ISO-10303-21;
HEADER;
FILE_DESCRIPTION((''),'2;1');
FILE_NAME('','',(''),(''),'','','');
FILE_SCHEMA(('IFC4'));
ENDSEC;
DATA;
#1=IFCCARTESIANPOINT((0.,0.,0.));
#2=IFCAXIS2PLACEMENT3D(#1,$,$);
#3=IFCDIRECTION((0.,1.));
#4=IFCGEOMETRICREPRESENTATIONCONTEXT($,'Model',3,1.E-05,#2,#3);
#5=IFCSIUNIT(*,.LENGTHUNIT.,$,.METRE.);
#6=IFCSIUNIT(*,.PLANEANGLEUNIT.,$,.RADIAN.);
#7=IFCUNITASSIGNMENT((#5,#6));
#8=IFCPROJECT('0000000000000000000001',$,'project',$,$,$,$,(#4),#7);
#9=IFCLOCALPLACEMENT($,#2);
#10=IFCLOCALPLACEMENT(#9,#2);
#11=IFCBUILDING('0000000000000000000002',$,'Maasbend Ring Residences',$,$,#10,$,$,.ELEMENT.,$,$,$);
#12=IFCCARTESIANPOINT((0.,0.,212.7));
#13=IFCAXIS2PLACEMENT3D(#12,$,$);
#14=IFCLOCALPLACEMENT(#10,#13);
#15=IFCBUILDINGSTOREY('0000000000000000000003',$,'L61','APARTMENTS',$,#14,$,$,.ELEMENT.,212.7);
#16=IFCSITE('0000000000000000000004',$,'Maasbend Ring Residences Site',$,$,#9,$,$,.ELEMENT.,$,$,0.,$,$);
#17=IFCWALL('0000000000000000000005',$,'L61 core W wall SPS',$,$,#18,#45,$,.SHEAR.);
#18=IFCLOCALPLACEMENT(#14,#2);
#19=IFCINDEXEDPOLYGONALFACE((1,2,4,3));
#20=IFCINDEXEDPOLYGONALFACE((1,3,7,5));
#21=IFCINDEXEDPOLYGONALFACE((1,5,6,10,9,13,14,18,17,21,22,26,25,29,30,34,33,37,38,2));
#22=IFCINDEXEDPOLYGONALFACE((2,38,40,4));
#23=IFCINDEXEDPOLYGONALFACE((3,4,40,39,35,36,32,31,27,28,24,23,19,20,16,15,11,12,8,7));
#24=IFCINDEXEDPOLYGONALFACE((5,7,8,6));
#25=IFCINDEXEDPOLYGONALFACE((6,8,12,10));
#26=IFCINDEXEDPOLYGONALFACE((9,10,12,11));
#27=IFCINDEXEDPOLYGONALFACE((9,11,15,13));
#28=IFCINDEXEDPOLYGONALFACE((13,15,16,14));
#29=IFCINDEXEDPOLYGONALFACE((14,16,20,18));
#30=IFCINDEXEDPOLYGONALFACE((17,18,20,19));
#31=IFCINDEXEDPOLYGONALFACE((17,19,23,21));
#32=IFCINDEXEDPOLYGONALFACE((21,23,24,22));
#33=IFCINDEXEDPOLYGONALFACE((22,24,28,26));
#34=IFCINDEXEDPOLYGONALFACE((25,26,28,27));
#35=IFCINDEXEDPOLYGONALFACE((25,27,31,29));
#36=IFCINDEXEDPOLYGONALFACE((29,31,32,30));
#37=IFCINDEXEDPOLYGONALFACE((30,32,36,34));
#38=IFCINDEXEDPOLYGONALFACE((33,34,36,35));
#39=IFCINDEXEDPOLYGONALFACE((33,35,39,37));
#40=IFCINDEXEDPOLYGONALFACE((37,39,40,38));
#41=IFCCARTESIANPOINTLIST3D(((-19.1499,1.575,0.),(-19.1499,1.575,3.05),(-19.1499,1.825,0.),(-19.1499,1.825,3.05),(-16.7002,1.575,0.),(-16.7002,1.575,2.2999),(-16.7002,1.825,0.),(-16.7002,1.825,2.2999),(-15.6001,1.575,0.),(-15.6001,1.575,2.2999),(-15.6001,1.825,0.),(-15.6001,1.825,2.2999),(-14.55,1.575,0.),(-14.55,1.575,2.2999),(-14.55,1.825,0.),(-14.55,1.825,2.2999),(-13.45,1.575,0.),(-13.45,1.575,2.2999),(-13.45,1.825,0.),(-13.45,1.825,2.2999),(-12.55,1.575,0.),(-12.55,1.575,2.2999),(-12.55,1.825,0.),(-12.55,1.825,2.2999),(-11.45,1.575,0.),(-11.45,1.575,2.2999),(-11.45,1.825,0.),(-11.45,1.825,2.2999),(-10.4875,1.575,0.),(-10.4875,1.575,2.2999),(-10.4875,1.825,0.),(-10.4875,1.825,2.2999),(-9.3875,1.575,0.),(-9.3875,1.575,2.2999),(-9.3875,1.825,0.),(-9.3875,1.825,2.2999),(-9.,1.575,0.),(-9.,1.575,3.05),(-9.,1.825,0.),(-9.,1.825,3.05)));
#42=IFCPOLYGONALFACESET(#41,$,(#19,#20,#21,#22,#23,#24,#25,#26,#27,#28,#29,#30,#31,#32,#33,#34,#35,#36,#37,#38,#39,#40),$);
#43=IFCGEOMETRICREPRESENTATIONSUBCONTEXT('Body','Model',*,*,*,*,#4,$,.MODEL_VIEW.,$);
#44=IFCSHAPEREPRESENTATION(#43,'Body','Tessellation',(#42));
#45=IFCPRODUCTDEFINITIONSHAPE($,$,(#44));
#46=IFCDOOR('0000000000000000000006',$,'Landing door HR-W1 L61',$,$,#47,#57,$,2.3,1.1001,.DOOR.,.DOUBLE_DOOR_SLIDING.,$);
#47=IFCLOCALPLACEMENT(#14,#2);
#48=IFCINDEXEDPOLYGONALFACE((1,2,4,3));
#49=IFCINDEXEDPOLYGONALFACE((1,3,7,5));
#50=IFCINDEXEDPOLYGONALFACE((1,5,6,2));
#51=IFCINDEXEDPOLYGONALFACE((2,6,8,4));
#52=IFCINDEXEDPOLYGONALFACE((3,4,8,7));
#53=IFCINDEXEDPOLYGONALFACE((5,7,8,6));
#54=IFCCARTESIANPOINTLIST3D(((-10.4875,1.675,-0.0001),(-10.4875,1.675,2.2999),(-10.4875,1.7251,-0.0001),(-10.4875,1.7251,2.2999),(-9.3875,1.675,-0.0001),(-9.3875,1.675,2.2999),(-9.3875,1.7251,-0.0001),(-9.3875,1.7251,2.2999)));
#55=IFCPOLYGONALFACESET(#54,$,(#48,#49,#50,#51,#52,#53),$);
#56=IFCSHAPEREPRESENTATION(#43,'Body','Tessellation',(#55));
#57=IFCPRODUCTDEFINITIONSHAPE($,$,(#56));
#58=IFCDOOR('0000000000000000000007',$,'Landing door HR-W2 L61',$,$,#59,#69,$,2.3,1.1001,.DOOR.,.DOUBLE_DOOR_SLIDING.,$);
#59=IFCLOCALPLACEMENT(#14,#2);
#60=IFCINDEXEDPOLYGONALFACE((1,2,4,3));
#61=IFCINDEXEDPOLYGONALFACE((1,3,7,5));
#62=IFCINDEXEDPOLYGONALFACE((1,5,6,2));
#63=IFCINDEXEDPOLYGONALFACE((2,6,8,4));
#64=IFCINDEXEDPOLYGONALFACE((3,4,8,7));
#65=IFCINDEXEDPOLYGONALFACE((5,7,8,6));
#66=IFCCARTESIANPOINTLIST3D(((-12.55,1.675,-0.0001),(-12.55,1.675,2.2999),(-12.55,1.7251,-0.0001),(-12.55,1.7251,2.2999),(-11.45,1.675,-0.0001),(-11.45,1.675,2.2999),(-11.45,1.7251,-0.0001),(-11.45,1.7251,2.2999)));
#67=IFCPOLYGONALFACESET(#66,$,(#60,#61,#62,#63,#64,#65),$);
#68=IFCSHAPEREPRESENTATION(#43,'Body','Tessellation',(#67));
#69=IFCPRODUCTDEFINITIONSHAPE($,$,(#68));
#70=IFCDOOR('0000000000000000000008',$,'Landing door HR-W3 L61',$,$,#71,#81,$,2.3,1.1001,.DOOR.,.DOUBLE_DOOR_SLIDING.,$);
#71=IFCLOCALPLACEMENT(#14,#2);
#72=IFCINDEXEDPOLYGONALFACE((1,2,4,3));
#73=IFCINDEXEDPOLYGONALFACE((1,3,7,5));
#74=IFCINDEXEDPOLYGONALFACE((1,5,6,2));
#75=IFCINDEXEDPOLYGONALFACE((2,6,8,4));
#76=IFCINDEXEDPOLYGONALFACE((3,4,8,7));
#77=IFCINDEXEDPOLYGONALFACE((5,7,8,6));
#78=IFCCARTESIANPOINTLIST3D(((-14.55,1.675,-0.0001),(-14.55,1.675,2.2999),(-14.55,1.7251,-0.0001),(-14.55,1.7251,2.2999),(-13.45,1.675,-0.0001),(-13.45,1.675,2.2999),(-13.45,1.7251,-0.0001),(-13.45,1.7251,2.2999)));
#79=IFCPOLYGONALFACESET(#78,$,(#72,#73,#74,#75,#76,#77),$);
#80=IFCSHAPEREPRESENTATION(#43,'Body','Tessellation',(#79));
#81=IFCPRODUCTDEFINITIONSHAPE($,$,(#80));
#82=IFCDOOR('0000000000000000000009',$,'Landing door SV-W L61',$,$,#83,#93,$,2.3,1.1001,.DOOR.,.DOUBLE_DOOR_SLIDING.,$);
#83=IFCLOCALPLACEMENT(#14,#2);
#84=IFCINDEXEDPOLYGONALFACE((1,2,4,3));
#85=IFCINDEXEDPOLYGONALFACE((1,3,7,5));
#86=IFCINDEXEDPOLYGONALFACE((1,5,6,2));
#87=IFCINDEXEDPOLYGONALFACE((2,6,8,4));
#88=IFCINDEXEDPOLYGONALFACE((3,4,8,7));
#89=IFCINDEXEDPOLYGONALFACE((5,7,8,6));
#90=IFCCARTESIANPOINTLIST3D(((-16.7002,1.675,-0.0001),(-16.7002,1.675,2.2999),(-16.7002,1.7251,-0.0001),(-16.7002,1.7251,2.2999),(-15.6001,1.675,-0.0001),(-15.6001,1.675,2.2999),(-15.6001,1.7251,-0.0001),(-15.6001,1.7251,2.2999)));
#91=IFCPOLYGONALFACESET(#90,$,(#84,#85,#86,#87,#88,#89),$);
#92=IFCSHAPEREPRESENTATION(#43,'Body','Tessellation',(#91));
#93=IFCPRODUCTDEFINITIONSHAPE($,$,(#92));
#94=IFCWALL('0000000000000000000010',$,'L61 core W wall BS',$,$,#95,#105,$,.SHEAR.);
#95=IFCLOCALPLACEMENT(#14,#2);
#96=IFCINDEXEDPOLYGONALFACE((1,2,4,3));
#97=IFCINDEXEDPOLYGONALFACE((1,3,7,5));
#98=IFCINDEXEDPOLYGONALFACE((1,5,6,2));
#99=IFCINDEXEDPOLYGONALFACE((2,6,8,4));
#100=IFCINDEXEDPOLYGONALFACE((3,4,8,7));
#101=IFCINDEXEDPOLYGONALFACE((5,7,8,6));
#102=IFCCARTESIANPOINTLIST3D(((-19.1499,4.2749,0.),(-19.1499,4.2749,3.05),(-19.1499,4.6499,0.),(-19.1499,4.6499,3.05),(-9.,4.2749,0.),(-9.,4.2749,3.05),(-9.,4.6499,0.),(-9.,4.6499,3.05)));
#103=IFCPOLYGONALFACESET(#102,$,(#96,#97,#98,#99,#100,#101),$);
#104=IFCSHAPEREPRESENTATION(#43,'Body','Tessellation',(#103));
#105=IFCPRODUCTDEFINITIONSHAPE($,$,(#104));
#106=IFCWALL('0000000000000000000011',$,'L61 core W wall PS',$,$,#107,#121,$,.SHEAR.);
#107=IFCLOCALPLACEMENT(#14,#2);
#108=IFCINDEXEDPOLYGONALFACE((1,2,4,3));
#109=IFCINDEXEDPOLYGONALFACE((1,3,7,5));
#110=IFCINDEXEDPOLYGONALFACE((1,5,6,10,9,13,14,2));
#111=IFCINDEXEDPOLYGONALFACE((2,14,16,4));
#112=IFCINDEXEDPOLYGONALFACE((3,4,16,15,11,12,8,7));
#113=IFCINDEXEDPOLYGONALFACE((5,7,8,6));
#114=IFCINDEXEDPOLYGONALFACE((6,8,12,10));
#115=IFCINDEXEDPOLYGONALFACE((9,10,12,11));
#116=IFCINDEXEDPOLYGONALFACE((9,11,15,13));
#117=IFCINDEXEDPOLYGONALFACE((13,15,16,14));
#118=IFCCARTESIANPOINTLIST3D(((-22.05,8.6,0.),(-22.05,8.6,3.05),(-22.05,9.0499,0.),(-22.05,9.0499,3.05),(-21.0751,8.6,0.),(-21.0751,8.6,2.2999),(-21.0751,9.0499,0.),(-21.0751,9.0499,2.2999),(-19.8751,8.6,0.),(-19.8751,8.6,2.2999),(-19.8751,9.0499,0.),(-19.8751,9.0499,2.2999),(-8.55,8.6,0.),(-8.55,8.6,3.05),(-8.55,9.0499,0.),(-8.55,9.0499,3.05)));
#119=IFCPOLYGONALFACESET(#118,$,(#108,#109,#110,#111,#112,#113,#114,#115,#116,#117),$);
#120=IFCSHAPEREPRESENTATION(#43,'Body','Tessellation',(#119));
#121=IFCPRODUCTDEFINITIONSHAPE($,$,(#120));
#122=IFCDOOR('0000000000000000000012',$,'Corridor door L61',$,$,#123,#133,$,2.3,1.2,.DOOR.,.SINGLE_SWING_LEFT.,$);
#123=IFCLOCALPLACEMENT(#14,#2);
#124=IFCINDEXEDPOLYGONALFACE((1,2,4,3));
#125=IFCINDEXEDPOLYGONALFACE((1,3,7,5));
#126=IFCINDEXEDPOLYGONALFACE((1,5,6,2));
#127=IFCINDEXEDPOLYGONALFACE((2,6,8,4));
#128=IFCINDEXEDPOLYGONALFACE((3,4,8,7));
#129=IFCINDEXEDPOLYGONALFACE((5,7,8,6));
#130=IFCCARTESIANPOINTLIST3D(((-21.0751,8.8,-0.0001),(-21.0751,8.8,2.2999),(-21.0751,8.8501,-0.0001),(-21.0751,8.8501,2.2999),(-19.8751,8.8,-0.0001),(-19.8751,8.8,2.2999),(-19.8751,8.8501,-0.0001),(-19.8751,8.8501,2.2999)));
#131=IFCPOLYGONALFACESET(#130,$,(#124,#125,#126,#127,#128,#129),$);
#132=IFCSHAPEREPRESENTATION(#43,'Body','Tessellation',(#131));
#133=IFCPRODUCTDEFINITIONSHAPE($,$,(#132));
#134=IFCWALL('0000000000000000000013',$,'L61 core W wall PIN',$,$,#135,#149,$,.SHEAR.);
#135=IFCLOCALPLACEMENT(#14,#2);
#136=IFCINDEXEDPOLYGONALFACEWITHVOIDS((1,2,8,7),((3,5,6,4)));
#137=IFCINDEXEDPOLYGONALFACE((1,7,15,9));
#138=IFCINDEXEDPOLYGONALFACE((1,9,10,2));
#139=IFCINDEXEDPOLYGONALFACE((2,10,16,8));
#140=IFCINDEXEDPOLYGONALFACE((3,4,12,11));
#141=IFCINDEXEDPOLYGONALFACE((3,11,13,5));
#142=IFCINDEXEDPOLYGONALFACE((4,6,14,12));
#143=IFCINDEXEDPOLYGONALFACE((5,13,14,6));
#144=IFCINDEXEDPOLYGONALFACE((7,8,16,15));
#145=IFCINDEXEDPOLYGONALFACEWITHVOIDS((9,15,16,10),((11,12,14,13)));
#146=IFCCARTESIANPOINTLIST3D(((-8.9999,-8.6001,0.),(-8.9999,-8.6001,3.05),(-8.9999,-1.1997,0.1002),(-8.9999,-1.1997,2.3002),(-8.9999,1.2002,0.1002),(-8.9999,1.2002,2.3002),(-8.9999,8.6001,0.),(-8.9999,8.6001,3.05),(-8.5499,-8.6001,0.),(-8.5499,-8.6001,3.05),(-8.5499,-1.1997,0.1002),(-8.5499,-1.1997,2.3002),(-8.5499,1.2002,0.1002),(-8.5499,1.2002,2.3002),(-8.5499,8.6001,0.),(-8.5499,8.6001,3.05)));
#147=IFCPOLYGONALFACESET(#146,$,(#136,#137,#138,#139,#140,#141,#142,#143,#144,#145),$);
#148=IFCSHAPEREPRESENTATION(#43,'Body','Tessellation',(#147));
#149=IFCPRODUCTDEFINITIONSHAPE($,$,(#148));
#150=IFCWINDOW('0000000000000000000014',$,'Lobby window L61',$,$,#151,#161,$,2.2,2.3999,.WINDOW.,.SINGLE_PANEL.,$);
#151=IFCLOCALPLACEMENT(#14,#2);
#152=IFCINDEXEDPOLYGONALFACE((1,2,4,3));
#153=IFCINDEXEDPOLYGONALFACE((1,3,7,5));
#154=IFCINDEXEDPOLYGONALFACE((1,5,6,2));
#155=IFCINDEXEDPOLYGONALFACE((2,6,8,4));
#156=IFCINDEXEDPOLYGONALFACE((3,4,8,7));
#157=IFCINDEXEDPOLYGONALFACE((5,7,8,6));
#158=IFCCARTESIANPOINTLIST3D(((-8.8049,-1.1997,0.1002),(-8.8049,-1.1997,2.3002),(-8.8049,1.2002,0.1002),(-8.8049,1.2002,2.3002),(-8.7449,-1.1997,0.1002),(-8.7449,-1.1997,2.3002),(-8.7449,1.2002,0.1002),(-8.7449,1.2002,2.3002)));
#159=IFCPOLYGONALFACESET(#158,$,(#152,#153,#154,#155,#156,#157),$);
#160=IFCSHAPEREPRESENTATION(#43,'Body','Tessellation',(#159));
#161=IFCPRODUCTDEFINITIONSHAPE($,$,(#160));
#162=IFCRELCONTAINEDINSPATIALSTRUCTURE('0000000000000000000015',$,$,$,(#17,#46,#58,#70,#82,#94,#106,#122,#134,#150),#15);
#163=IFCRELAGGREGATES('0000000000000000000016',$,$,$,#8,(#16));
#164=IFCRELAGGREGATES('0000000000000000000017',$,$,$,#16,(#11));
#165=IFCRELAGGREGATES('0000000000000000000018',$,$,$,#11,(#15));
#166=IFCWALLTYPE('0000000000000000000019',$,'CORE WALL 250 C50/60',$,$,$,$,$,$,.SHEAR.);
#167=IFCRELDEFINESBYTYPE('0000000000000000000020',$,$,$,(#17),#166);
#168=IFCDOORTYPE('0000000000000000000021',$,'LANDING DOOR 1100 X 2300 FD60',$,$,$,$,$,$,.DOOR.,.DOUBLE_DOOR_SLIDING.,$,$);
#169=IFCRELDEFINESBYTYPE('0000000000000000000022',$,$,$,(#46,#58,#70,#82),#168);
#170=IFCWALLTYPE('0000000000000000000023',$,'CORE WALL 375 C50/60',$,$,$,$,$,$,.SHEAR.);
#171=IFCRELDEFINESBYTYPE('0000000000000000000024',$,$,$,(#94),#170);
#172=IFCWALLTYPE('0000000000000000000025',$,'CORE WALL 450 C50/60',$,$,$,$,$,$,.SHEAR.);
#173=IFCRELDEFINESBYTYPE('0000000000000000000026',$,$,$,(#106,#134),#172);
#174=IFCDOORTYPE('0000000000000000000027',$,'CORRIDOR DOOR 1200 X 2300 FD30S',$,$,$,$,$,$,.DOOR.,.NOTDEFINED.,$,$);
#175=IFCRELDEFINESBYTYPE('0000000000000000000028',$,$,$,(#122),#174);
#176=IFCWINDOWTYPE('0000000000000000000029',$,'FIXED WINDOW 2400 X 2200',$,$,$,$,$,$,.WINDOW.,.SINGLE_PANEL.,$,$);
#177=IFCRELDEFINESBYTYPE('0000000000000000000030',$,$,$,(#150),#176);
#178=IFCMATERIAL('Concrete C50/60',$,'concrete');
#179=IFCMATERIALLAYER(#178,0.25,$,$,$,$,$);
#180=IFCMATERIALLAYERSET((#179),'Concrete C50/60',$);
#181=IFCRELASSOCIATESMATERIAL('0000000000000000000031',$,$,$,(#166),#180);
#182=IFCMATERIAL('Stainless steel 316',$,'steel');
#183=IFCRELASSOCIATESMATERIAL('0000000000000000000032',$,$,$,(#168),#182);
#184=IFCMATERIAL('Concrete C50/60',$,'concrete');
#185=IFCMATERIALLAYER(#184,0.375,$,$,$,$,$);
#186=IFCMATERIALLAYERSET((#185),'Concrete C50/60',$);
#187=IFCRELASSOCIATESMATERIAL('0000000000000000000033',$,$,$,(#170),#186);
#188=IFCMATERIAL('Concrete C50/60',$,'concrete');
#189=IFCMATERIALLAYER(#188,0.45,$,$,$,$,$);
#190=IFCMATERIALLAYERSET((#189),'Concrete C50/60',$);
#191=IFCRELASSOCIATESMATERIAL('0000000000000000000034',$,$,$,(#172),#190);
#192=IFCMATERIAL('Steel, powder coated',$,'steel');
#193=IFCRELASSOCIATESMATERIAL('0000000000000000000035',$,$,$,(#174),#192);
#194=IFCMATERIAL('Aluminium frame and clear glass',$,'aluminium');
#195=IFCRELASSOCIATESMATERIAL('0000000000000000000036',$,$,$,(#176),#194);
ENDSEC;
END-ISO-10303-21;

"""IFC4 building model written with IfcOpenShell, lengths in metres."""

from ifc_helpers import new_model, si_unit, direction, frame, frame_2d, origin, place, context, subcontext, project, spatial, rectangle, extrude, material, layer, layer_set, type_object, element, fill, save


model = new_model("IFC4")

# Units and contexts
model_context = context("Model", 3, precision=1e-05, world=origin(), true_north=direction((0.0, 1.0)))
body_context = subcontext(model_context, "Body", "Model", "MODEL_VIEW")
ifc_project = project(units=[si_unit("LENGTHUNIT", "METRE"), si_unit("PLANEANGLEUNIT", "RADIAN")], contexts=[model_context])

# Site, building, storey
site_placement = place(None, origin())
site = spatial("IfcSite", under=ifc_project, at=site_placement, Name="Maasbend Ring Residences Site", CompositionType="ELEMENT", RefElevation=0.0)
building_placement = place(site_placement, origin())
building = spatial("IfcBuilding", under=site, at=building_placement, Name="Maasbend Ring Residences", CompositionType="ELEMENT")
storey_placement = place(building_placement, frame((0.0, 0.0, 212.7)))
storey = spatial("IfcBuildingStorey", under=building, at=storey_placement, Name="L61", Description="APARTMENTS", CompositionType="ELEMENT", Elevation=212.7)

# Wall, openings, doors
ifc_material_1 = material(Name="Concrete C50/60", Category="concrete")
ifc_layer_1 = layer(ifc_material_1, 0.25)
ifc_layer_set_1 = layer_set([ifc_layer_1], Name="Concrete C50/60")
wall_type_1 = type_object("IfcWallType", Name="CORE WALL 250 C50/60", PredefinedType="SHEAR", material=ifc_layer_set_1)
wall_1_placement = place(storey_placement, frame((-9.0, 1.7, 0.0), z_axis=(0.0, 0.0, 1.0), x_axis=(-1.0, 0.0, 0.0)))
wall_1 = element("IfcWall", 1, at=wall_1_placement, inside=storey, type_object=wall_type_1, Name="L61 core W wall SPS", PredefinedType="SHEAR", context=body_context, shape_type="SweptSolid", body=[
    extrude(rectangle(XDim=10.1499, YDim=0.25, at=frame_2d((5.075, 0.0))), origin(), (0.0, 0.0, 1.0), 3.05),
])
opening_1_placement = place(wall_1_placement, frame((0.3875, 0.0, 0.0)))
opening_1 = element("IfcOpeningElement", 2, at=opening_1_placement, cuts=wall_1, PredefinedType="OPENING", context=body_context, shape_type="SweptSolid", body=[
    extrude(rectangle(XDim=1.1001, YDim=2.3, at=frame_2d((0.55, 1.1499))), frame((0.0, 0.135, 0.0), z_axis=(0.0, -1.0, 0.0), x_axis=(1.0, 0.0, 0.0)), (0.0, 0.0, 1.0), 0.27),
])
opening_2_placement = place(wall_1_placement, frame((2.45, 0.0, 0.0)))
opening_2 = element("IfcOpeningElement", 3, at=opening_2_placement, cuts=wall_1, PredefinedType="OPENING", context=body_context, shape_type="SweptSolid", body=[
    extrude(rectangle(XDim=1.1001, YDim=2.3, at=frame_2d((0.55, 1.1499))), frame((0.0, 0.135, 0.0), z_axis=(0.0, -1.0, 0.0), x_axis=(1.0, 0.0, 0.0)), (0.0, 0.0, 1.0), 0.27),
])
opening_3_placement = place(wall_1_placement, frame((4.45, 0.0, 0.0)))
opening_3 = element("IfcOpeningElement", 4, at=opening_3_placement, cuts=wall_1, PredefinedType="OPENING", context=body_context, shape_type="SweptSolid", body=[
    extrude(rectangle(XDim=1.1001, YDim=2.3, at=frame_2d((0.55, 1.1499))), frame((0.0, 0.135, 0.0), z_axis=(0.0, -1.0, 0.0), x_axis=(1.0, 0.0, 0.0)), (0.0, 0.0, 1.0), 0.27),
])
opening_4_placement = place(wall_1_placement, frame((6.6001, 0.0, 0.0)))
opening_4 = element("IfcOpeningElement", 5, at=opening_4_placement, cuts=wall_1, PredefinedType="OPENING", context=body_context, shape_type="SweptSolid", body=[
    extrude(rectangle(XDim=1.1001, YDim=2.3, at=frame_2d((0.55, 1.1499))), frame((0.0, 0.135, 0.0), z_axis=(0.0, -1.0, 0.0), x_axis=(1.0, 0.0, 0.0)), (0.0, 0.0, 1.0), 0.27),
])
ifc_material_2 = material(Name="Stainless steel 316", Category="steel")
door_type_1 = type_object("IfcDoorType", Name="LANDING DOOR 1100 X 2300 FD60", OperationType="DOUBLE_DOOR_SLIDING", PredefinedType="DOOR", material=ifc_material_2)
door_1_placement = place(opening_1_placement, origin())
door_1 = element("IfcDoor", 6, at=door_1_placement, inside=storey, type_object=door_type_1, Name="Landing door HR-W1 L61", OperationType="DOUBLE_DOOR_SLIDING", OverallHeight=2.3, OverallWidth=1.1001, PredefinedType="DOOR", context=body_context, shape_type="SweptSolid", body=[
    extrude(rectangle(XDim=1.1001, YDim=2.3, at=frame_2d((0.55, 1.1499))), frame((0.0, 0.0249, 0.0), z_axis=(0.0, -1.0, 0.0), x_axis=(1.0, 0.0, 0.0)), (0.0, 0.0, 1.0), 0.05),
])
fill(opening_1, door_1)
door_2_placement = place(opening_2_placement, origin())
door_2 = element("IfcDoor", 7, at=door_2_placement, inside=storey, type_object=door_type_1, Name="Landing door HR-W2 L61", OperationType="DOUBLE_DOOR_SLIDING", OverallHeight=2.3, OverallWidth=1.1001, PredefinedType="DOOR", context=body_context, shape_type="SweptSolid", body=[
    extrude(rectangle(XDim=1.1001, YDim=2.3, at=frame_2d((0.55, 1.1499))), frame((0.0, 0.0249, 0.0), z_axis=(0.0, -1.0, 0.0), x_axis=(1.0, 0.0, 0.0)), (0.0, 0.0, 1.0), 0.05),
])
fill(opening_2, door_2)
door_3_placement = place(opening_3_placement, origin())
door_3 = element("IfcDoor", 8, at=door_3_placement, inside=storey, type_object=door_type_1, Name="Landing door HR-W3 L61", OperationType="DOUBLE_DOOR_SLIDING", OverallHeight=2.3, OverallWidth=1.1001, PredefinedType="DOOR", context=body_context, shape_type="SweptSolid", body=[
    extrude(rectangle(XDim=1.1001, YDim=2.3, at=frame_2d((0.55, 1.1499))), frame((0.0, 0.0249, 0.0), z_axis=(0.0, -1.0, 0.0), x_axis=(1.0, 0.0, 0.0)), (0.0, 0.0, 1.0), 0.05),
])
fill(opening_3, door_3)
door_4_placement = place(opening_4_placement, origin())
door_4 = element("IfcDoor", 9, at=door_4_placement, inside=storey, type_object=door_type_1, Name="Landing door SV-W L61", OperationType="DOUBLE_DOOR_SLIDING", OverallHeight=2.3, OverallWidth=1.1001, PredefinedType="DOOR", context=body_context, shape_type="SweptSolid", body=[
    extrude(rectangle(XDim=1.1001, YDim=2.3, at=frame_2d((0.55, 1.1499))), frame((0.0, 0.0249, 0.0), z_axis=(0.0, -1.0, 0.0), x_axis=(1.0, 0.0, 0.0)), (0.0, 0.0, 1.0), 0.05),
])
fill(opening_4, door_4)

# Wall
ifc_material_3 = material(Name="Concrete C50/60", Category="concrete")
ifc_layer_2 = layer(ifc_material_3, 0.375)
ifc_layer_set_2 = layer_set([ifc_layer_2], Name="Concrete C50/60")
wall_type_2 = type_object("IfcWallType", Name="CORE WALL 375 C50/60", PredefinedType="SHEAR", material=ifc_layer_set_2)
wall_2_placement = place(storey_placement, frame((-9.0, 4.4624, 0.0), z_axis=(0.0, 0.0, 1.0), x_axis=(-1.0, 0.0, 0.0)))
element("IfcWall", 10, at=wall_2_placement, inside=storey, type_object=wall_type_2, Name="L61 core W wall BS", PredefinedType="SHEAR", context=body_context, shape_type="SweptSolid", body=[
    extrude(rectangle(XDim=10.1499, YDim=0.375, at=frame_2d((5.075, 0.0))), origin(), (0.0, 0.0, 1.0), 3.05),
])

# Wall, opening, door
ifc_material_4 = material(Name="Concrete C50/60", Category="concrete")
ifc_layer_3 = layer(ifc_material_4, 0.45)
ifc_layer_set_3 = layer_set([ifc_layer_3], Name="Concrete C50/60")
wall_type_3 = type_object("IfcWallType", Name="CORE WALL 450 C50/60", PredefinedType="SHEAR", material=ifc_layer_set_3)
wall_3_placement = place(storey_placement, frame((-8.55, 8.825, 0.0), z_axis=(0.0, 0.0, 1.0), x_axis=(-1.0, 0.0, 0.0)))
wall_3 = element("IfcWall", 11, at=wall_3_placement, inside=storey, type_object=wall_type_3, Name="L61 core W wall PS", PredefinedType="SHEAR", context=body_context, shape_type="SweptSolid", body=[
    extrude(rectangle(XDim=13.5, YDim=0.45, at=frame_2d((6.75, 0.0))), origin(), (0.0, 0.0, 1.0), 3.05),
])
opening_5_placement = place(wall_3_placement, frame((11.325, 0.0, 0.0)))
opening_5 = element("IfcOpeningElement", 12, at=opening_5_placement, cuts=wall_3, PredefinedType="OPENING", context=body_context, shape_type="SweptSolid", body=[
    extrude(rectangle(XDim=1.2, YDim=2.3, at=frame_2d((0.6001, 1.1499))), frame((0.0, 0.2349, 0.0), z_axis=(0.0, -1.0, 0.0), x_axis=(1.0, 0.0, 0.0)), (0.0, 0.0, 1.0), 0.47),
])
ifc_material_5 = material(Name="Steel, powder coated", Category="steel")
door_type_2 = type_object("IfcDoorType", Name="CORRIDOR DOOR 1200 X 2300 FD30S", OperationType="NOTDEFINED", PredefinedType="DOOR", material=ifc_material_5)
door_5_placement = place(opening_5_placement, origin())
door_5 = element("IfcDoor", 13, at=door_5_placement, inside=storey, type_object=door_type_2, Name="Corridor door L61", OperationType="SINGLE_SWING_LEFT", OverallHeight=2.3, OverallWidth=1.2, PredefinedType="DOOR", context=body_context, shape_type="SweptSolid", body=[
    extrude(rectangle(XDim=1.2, YDim=2.3, at=frame_2d((0.6001, 1.1499))), frame((0.0, 0.0249, 0.0), z_axis=(0.0, -1.0, 0.0), x_axis=(1.0, 0.0, 0.0)), (0.0, 0.0, 1.0), 0.05),
])
fill(opening_5, door_5)

# Wall, opening, window
wall_4_placement = place(storey_placement, frame((-8.7749, 8.6001, 0.0), z_axis=(0.0, 0.0, 1.0), x_axis=(0.0, -1.0, 0.0)))
wall_4 = element("IfcWall", 14, at=wall_4_placement, inside=storey, type_object=wall_type_3, Name="L61 core W wall PIN", PredefinedType="SHEAR", context=body_context, shape_type="SweptSolid", body=[
    extrude(rectangle(XDim=17.2002, YDim=0.45, at=frame_2d((8.6001, 0.0))), origin(), (0.0, 0.0, 1.0), 3.05),
])
opening_6_placement = place(wall_4_placement, frame((7.3999, 0.0, 0.1001)))
opening_6 = element("IfcOpeningElement", 15, at=opening_6_placement, cuts=wall_4, PredefinedType="OPENING", context=body_context, shape_type="SweptSolid", body=[
    extrude(rectangle(XDim=2.3999, YDim=2.2, at=frame_2d((1.2, 1.1001))), frame((0.0, 0.2349, 0.0), z_axis=(0.0, -1.0, 0.0), x_axis=(1.0, 0.0, 0.0)), (0.0, 0.0, 1.0), 0.47),
])
ifc_material_6 = material(Name="Aluminium frame and clear glass", Category="aluminium")
window_type = type_object("IfcWindowType", Name="FIXED WINDOW 2400 X 2200", PartitioningType="SINGLE_PANEL", PredefinedType="WINDOW", material=ifc_material_6)
window_placement = place(opening_6_placement, origin())
window = element("IfcWindow", 16, at=window_placement, inside=storey, type_object=window_type, Name="Lobby window L61", OverallHeight=2.2, OverallWidth=2.3999, PartitioningType="SINGLE_PANEL", PredefinedType="WINDOW", context=body_context, shape_type="SweptSolid", body=[
    extrude(rectangle(XDim=2.3999, YDim=2.2, at=frame_2d((1.2, 1.1001))), frame((0.0, 0.03, 0.0), z_axis=(0.0, -1.0, 0.0), x_axis=(1.0, 0.0, 0.0)), (0.0, 0.0, 1.0), 0.0601),
])
fill(opening_6, window)

save(model, "model.ifc")
